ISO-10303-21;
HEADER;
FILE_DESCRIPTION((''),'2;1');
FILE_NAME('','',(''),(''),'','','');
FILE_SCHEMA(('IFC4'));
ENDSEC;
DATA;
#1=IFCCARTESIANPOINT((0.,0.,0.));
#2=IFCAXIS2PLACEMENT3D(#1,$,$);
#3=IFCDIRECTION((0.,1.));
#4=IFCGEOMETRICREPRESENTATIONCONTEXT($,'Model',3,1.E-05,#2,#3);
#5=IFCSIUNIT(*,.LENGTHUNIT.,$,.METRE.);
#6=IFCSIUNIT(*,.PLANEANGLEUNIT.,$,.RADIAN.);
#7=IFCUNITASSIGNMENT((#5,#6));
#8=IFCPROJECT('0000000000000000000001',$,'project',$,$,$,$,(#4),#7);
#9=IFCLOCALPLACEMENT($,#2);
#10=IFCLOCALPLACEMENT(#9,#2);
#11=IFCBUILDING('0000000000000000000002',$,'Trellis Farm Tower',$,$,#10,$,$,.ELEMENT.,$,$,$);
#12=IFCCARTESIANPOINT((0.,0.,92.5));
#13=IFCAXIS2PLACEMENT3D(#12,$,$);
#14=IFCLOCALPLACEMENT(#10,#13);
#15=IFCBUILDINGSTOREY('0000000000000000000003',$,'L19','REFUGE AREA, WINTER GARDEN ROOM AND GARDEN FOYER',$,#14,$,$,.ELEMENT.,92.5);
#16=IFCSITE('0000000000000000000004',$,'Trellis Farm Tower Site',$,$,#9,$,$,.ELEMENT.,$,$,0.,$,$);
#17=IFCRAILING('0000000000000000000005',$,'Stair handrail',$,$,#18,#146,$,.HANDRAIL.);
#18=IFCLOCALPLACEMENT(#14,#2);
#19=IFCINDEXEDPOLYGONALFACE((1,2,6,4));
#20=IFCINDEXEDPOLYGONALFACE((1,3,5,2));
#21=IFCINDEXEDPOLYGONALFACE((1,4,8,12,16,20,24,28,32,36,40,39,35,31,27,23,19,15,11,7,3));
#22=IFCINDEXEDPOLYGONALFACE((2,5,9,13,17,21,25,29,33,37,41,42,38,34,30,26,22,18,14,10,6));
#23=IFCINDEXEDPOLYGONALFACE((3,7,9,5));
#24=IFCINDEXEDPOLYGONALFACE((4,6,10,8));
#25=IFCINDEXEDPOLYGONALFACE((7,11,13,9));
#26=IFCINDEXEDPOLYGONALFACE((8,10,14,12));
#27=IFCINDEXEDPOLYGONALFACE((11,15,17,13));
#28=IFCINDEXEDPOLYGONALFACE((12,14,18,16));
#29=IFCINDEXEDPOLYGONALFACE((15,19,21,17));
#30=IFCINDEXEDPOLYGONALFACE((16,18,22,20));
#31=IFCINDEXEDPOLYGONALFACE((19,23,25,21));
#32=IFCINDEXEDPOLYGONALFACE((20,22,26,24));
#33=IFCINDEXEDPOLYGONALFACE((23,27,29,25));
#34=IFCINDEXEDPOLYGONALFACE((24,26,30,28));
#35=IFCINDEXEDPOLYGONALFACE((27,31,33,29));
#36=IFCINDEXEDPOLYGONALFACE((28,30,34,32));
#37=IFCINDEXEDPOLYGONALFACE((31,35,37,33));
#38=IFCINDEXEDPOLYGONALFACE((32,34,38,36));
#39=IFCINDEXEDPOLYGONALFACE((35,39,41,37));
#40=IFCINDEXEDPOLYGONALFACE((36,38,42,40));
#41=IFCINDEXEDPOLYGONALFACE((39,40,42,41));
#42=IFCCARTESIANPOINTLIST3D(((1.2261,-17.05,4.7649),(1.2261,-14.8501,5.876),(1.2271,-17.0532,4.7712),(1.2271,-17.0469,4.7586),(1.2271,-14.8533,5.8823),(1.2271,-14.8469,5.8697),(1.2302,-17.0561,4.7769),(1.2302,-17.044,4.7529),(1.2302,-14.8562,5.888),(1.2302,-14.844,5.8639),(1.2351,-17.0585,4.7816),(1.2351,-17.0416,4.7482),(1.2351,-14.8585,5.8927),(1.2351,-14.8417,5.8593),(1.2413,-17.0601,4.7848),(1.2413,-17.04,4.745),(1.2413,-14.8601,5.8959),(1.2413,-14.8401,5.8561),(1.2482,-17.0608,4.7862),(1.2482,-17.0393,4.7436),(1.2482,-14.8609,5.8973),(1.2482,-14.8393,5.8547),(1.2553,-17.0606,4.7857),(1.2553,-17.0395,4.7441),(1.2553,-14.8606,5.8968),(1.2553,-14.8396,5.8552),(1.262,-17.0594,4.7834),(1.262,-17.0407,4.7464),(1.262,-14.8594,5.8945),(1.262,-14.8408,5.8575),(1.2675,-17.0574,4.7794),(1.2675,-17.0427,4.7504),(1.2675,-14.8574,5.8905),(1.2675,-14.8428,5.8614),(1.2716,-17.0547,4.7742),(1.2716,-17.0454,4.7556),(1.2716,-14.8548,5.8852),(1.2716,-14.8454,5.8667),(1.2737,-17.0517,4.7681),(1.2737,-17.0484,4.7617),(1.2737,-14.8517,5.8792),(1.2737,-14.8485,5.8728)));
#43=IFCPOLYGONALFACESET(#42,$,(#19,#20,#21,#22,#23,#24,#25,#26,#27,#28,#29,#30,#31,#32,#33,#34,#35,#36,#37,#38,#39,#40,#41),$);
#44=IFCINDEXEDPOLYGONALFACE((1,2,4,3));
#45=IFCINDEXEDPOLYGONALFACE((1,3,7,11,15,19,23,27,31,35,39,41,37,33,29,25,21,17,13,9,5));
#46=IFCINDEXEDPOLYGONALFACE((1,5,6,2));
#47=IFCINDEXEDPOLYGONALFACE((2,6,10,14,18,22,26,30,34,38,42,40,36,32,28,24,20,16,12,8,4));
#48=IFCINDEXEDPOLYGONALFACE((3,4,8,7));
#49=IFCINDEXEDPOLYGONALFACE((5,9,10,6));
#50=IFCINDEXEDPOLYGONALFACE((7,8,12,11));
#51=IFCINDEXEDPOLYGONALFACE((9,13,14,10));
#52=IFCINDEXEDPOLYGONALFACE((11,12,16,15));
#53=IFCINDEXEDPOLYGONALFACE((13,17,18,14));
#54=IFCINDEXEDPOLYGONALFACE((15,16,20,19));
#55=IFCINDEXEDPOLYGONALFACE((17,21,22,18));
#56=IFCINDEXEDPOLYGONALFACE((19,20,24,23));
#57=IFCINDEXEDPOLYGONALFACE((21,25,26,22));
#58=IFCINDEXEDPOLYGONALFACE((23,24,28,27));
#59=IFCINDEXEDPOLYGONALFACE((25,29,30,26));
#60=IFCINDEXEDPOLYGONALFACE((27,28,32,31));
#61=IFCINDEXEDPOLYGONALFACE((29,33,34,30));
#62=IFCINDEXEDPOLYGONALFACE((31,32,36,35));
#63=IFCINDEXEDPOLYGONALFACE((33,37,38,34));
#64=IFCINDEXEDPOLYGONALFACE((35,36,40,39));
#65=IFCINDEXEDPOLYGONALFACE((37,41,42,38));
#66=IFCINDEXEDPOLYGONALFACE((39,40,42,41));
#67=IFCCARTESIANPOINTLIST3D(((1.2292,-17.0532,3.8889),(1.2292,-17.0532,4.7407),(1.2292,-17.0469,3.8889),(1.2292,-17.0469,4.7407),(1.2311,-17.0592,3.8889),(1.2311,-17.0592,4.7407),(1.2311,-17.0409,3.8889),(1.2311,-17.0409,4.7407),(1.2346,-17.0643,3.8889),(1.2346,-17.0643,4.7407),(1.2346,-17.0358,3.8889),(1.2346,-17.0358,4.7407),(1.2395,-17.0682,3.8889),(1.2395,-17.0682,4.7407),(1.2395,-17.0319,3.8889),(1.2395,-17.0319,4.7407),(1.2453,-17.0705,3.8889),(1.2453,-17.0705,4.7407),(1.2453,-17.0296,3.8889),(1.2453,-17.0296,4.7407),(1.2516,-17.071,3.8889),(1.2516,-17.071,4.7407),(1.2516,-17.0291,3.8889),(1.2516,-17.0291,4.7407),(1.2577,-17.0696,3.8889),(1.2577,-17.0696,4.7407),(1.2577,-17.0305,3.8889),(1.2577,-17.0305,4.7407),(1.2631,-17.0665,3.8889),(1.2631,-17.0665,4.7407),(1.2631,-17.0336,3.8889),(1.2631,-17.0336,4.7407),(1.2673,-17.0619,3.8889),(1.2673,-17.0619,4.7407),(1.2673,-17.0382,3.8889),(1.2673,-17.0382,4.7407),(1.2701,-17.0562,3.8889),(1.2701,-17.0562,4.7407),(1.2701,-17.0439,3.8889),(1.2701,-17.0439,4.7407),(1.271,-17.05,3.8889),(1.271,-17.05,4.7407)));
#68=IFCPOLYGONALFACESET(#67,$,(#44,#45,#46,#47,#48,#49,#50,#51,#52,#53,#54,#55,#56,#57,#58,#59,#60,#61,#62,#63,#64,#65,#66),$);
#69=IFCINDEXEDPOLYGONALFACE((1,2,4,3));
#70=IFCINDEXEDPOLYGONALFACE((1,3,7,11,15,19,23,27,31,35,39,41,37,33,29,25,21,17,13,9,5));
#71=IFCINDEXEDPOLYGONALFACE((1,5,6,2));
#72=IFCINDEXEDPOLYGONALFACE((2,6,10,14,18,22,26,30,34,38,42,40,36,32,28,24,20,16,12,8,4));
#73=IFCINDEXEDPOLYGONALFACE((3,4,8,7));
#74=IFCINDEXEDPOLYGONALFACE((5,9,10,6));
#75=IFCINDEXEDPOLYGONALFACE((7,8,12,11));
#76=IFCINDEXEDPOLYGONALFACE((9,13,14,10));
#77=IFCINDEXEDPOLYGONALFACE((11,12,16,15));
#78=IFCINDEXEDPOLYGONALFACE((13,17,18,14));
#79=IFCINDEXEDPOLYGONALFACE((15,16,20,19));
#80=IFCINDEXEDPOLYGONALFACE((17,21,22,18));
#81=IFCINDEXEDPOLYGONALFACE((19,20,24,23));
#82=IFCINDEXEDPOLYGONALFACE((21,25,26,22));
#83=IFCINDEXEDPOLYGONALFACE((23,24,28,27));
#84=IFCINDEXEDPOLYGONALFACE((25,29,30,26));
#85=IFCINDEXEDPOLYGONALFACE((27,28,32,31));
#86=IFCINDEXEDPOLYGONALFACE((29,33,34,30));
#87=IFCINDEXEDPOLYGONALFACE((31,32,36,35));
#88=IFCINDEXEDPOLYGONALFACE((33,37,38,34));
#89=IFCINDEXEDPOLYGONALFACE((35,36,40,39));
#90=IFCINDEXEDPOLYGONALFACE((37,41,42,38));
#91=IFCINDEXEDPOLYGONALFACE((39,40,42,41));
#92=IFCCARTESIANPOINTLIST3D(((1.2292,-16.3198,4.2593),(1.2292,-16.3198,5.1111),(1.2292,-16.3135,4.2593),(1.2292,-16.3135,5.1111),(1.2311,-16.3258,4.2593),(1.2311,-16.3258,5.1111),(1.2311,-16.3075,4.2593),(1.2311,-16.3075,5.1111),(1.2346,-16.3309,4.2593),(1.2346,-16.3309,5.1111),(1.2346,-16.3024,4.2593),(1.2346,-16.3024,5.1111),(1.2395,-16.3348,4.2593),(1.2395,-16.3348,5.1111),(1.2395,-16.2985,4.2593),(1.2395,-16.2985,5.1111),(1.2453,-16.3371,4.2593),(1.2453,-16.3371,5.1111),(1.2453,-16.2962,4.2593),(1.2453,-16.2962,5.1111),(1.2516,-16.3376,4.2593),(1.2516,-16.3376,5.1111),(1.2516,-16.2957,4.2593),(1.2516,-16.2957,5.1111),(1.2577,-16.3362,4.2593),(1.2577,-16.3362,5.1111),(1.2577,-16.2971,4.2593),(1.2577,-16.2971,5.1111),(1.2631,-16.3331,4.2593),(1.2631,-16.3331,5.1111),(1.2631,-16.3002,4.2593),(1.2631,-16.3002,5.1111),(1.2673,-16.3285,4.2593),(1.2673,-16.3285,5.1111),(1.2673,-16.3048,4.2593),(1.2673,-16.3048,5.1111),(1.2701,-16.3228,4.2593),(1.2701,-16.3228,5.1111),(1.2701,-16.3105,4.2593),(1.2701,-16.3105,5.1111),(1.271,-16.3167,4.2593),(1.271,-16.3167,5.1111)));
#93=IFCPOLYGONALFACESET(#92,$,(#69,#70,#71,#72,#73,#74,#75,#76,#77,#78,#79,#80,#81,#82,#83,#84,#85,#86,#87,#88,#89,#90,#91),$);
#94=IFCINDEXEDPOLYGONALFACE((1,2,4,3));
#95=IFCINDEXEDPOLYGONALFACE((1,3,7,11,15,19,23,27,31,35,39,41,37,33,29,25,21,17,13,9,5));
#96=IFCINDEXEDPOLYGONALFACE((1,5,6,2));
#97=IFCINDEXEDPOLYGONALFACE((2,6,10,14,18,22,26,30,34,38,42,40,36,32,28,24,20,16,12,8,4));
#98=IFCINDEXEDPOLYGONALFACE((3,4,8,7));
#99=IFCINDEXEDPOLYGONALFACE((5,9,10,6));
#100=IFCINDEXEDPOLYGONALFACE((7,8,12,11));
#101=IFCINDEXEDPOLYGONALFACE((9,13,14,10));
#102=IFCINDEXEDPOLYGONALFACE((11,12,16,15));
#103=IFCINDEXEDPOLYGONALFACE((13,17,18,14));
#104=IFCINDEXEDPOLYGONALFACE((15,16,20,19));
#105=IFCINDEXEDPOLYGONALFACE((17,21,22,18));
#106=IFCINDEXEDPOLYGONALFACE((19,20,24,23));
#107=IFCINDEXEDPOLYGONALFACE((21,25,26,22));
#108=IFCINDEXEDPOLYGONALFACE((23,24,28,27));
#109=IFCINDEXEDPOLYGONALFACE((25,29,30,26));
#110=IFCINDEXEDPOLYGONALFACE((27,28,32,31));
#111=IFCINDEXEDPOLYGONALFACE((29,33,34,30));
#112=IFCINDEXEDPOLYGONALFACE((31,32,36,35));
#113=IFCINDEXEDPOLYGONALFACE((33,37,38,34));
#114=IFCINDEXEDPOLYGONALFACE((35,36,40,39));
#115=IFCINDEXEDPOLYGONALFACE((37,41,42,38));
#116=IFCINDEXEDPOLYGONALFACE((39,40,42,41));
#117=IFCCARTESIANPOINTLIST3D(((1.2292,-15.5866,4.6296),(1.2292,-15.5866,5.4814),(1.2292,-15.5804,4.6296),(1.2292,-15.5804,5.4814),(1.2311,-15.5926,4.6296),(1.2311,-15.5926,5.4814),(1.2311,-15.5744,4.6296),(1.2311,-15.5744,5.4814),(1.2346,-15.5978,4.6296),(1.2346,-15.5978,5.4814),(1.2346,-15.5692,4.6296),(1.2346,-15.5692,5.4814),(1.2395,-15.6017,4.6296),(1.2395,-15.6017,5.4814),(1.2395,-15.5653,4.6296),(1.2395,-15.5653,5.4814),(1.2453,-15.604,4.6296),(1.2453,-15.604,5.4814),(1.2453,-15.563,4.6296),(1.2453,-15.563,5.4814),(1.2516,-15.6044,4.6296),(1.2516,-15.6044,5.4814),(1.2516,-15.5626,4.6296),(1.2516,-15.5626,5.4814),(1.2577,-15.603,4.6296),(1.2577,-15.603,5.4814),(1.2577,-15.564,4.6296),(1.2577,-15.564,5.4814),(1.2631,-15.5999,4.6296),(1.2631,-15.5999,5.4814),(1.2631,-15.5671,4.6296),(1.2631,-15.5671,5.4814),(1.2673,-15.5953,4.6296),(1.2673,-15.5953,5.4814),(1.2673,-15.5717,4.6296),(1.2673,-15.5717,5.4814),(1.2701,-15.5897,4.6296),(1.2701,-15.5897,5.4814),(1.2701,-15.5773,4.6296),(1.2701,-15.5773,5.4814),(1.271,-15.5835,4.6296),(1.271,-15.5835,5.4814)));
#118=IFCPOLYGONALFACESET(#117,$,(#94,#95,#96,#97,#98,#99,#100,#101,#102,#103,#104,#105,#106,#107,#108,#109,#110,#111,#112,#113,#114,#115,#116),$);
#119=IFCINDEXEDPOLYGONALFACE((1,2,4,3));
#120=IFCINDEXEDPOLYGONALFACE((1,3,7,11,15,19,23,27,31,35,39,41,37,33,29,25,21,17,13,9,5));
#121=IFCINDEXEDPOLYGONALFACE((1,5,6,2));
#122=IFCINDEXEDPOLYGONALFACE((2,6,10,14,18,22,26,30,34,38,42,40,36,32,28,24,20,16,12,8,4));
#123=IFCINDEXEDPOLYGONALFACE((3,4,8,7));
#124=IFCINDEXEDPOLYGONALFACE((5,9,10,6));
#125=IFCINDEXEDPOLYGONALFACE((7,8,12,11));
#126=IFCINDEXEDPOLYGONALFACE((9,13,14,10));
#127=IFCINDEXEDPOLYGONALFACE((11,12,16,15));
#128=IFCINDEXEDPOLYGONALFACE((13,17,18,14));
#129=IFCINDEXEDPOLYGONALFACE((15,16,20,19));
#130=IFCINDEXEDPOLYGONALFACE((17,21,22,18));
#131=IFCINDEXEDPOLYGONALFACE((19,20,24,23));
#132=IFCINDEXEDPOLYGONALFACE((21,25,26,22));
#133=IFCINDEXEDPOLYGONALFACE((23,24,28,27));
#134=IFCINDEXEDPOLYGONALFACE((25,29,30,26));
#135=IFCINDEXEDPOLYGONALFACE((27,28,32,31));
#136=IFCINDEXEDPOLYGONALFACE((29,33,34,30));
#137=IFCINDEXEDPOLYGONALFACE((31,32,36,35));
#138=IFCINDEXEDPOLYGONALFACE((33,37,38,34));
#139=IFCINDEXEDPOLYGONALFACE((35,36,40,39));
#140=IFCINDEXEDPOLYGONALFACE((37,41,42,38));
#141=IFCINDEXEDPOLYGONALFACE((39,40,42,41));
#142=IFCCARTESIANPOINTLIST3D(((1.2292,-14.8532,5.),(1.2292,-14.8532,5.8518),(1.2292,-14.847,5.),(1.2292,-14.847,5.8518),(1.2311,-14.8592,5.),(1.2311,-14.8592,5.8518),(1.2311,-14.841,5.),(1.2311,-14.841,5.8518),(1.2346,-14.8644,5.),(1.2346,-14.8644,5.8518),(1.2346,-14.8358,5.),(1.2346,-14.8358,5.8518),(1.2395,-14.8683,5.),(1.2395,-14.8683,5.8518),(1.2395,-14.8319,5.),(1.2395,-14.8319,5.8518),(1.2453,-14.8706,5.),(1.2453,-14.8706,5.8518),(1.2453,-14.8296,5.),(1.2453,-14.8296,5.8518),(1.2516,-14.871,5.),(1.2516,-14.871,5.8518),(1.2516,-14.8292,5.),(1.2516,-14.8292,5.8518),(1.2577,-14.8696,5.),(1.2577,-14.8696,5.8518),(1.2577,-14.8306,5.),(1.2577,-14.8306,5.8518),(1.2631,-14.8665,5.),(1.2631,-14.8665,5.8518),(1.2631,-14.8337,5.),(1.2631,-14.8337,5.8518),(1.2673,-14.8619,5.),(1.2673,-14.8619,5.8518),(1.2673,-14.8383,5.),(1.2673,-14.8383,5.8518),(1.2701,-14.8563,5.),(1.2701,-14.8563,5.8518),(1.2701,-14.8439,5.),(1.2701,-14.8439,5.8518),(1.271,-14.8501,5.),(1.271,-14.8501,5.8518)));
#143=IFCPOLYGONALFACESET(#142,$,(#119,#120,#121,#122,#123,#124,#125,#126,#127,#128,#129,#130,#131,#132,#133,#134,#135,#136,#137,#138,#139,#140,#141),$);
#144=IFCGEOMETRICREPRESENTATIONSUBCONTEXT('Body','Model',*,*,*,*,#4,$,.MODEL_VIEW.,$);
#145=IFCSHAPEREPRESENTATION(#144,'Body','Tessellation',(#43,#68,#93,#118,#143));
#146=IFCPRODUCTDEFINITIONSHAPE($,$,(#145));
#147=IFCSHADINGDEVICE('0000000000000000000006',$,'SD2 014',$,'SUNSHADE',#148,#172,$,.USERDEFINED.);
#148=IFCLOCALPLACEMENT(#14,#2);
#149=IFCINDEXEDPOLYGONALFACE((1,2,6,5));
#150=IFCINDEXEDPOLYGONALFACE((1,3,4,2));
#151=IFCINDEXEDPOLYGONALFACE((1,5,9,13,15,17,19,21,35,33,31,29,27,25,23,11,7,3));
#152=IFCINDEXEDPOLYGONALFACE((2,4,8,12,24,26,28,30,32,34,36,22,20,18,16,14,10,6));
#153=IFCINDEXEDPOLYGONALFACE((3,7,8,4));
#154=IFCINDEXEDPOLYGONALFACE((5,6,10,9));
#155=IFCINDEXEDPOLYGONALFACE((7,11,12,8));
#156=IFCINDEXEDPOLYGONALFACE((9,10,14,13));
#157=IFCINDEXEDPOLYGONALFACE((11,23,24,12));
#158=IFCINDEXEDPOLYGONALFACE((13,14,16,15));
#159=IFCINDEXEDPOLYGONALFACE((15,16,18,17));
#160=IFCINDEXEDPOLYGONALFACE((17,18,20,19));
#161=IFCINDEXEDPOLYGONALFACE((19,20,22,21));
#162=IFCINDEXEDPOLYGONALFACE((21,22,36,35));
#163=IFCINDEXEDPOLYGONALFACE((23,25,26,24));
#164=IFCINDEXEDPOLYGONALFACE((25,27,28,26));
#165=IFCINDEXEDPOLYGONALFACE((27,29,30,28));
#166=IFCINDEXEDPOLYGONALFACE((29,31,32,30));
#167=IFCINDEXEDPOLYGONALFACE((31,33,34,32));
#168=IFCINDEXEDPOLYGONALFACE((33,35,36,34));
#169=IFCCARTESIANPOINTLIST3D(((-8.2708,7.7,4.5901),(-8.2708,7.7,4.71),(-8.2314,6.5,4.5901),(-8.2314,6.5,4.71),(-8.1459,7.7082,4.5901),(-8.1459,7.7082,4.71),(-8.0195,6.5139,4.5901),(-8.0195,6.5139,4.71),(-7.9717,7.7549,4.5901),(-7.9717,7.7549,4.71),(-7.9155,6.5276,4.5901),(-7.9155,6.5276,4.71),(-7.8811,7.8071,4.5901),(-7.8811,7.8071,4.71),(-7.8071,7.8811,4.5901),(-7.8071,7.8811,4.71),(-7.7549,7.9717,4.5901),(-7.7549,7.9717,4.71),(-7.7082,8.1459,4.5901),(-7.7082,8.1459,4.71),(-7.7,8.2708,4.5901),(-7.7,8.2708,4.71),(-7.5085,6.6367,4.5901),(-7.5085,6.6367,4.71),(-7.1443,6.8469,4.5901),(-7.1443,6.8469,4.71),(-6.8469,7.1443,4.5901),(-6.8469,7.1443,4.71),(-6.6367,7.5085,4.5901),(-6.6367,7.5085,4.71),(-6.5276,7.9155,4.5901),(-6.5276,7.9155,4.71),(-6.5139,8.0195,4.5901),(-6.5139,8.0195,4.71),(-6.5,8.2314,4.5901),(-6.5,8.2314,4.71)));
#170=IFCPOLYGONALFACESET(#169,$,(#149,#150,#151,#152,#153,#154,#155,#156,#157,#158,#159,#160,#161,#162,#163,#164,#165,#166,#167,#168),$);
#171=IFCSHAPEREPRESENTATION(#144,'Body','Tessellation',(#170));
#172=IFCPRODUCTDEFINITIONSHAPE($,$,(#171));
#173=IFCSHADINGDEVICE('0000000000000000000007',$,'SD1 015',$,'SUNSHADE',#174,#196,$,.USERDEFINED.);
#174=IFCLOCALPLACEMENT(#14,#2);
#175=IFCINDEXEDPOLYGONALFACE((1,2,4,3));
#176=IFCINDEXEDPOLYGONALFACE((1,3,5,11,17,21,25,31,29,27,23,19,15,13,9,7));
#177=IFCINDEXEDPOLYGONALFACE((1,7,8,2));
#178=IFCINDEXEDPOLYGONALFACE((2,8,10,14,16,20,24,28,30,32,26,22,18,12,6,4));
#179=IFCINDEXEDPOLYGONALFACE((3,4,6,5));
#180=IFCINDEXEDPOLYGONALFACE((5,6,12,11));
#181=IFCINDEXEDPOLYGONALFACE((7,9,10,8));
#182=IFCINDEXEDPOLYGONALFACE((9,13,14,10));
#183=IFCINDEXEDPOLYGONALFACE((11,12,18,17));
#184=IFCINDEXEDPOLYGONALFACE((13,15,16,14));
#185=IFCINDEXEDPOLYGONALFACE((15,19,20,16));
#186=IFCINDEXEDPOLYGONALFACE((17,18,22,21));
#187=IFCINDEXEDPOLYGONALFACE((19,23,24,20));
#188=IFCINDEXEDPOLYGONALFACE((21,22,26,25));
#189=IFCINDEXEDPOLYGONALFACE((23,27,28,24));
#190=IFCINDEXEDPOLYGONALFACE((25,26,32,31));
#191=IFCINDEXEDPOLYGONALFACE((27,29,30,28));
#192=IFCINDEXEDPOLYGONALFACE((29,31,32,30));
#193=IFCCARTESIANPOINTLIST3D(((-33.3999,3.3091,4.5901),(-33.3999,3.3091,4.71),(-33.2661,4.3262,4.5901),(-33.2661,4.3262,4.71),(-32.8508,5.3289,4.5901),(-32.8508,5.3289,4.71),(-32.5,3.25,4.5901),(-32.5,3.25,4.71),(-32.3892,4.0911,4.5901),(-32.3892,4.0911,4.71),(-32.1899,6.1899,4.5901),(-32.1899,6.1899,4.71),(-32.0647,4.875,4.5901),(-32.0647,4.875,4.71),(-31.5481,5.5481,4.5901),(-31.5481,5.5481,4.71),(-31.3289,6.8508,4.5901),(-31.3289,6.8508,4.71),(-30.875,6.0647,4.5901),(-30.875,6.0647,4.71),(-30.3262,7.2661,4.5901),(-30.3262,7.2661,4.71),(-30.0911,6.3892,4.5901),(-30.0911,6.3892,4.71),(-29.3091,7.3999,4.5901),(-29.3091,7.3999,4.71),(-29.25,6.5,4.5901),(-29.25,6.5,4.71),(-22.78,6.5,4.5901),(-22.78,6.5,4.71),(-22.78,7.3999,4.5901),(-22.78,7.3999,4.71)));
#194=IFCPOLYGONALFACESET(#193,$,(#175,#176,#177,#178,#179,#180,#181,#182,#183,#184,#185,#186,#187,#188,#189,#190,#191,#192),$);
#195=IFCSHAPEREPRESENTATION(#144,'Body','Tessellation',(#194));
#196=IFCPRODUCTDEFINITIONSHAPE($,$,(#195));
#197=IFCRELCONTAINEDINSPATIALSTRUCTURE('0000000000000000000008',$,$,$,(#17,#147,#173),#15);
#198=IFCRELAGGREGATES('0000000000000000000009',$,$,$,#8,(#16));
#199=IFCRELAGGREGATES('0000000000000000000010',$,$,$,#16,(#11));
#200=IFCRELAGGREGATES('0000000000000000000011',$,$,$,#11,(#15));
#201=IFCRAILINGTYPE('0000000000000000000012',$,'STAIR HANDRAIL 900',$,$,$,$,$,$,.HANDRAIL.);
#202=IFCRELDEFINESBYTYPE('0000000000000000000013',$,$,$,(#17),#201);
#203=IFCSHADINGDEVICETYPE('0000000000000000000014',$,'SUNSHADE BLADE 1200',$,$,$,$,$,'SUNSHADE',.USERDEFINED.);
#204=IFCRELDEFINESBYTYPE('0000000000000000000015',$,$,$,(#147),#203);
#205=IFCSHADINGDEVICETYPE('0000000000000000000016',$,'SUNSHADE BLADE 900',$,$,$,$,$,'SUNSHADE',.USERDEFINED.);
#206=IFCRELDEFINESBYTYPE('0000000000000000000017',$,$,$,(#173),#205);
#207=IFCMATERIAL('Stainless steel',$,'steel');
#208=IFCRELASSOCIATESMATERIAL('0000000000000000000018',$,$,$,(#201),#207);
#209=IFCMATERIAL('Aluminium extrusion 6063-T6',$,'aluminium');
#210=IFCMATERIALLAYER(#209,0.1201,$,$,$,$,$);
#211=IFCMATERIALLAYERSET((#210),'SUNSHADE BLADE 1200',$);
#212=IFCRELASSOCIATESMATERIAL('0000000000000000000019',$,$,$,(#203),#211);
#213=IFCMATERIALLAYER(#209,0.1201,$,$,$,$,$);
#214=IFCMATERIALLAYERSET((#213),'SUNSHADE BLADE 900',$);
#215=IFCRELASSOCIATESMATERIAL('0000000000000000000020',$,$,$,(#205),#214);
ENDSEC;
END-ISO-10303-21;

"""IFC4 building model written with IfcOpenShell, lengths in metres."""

from ifc_helpers import new_model, si_unit, direction, frame, origin, origin_2d, place, context, subcontext, project, spatial, polyline, circle, outline, extrude, source, transform, mapped, material, layer, layer_set, type_object, element, save


model = new_model("IFC4")

# Units and contexts
model_context = context("Model", 3, precision=1e-05, world=origin(), true_north=direction((0.0, 1.0)))
body_context = subcontext(model_context, "Body", "Model", "MODEL_VIEW")
ifc_project = project(units=[si_unit("LENGTHUNIT", "METRE"), si_unit("PLANEANGLEUNIT", "RADIAN")], contexts=[model_context])

# Site, building, storey
site_placement = place(None, origin())
site = spatial("IfcSite", under=ifc_project, at=site_placement, Name="Trellis Farm Tower Site", CompositionType="ELEMENT", RefElevation=0.0)
building_placement = place(site_placement, origin())
building = spatial("IfcBuilding", under=site, at=building_placement, Name="Trellis Farm Tower", CompositionType="ELEMENT")
storey_placement = place(building_placement, frame((0.0, 0.0, 92.5)))
storey = spatial("IfcBuildingStorey", under=building, at=storey_placement, Name="L19", Description="REFUGE AREA, WINTER GARDEN ROOM AND GARDEN FOYER", CompositionType="ELEMENT", Elevation=92.5)

# Shared definitions
ifc_material_1 = material(Name="Aluminium extrusion 6063-T6", Category="aluminium")

# Railing
ifc_material_2 = material(Name="Stainless steel", Category="steel")
railing_type = type_object("IfcRailingType", Name="STAIR HANDRAIL 900", PredefinedType="HANDRAIL", material=ifc_material_2)
shared_shape_1 = source(origin(), body_context, "Body", "SweptSolid", [
    extrude(circle(Radius=0.0239, at=origin_2d()), frame((0.0, 0.0, 0.876), z_axis=(0.0, 0.892617, 0.450816), x_axis=(-1.0, 0.0, 0.0)), (0.0, 0.0, 1.0), 2.4646),
    extrude(circle(Radius=0.021, at=origin_2d()), origin(), (0.0, 0.0, 1.0), 0.8518),
    extrude(circle(Radius=0.021, at=origin_2d()), frame((0.0, 0.7334, 0.3704)), (0.0, 0.0, 1.0), 0.8518),
    extrude(circle(Radius=0.021, at=origin_2d()), frame((0.0, 1.4666, 0.7407)), (0.0, 0.0, 1.0), 0.8518),
    extrude(circle(Radius=0.021, at=origin_2d()), frame((0.0, 2.2, 1.1111)), (0.0, 0.0, 1.0), 0.8518),
])
for number, where, name in (
    (1, (1.25, -17.05, 3.8889), "Stair handrail"),
):
    element("IfcRailing", number, at=place(storey_placement, frame(where)), inside=storey, type_object=railing_type, Name=name, PredefinedType="HANDRAIL", context=body_context, shape_type="MappedRepresentation", body=[
        mapped(shared_shape_1, transform((0.0, 0.0, 0.0))),
    ])

# Shading devices
ifc_layer_1 = layer(ifc_material_1, 0.1201)
ifc_layer_set_1 = layer_set([ifc_layer_1], Name="SUNSHADE BLADE 1200")
shading_device_type_1 = type_object("IfcShadingDeviceType", Name="SUNSHADE BLADE 1200", ElementType="SUNSHADE", PredefinedType="USERDEFINED", material=ifc_layer_set_1)
shared_shape_2 = source(origin(), body_context, "Body", "SweptSolid", [
    extrude(outline(polyline([(-7.7, 8.2708), (-7.7087, 8.1372), (-7.707, 8.1501), (-7.7549, 7.9717), (-7.8071, 7.8811), (-7.8811, 7.8071), (-7.9717, 7.7549), (-8.1501, 7.707), (-8.1372, 7.7087), (-8.2708, 7.7), (-8.2314, 6.5), (-8.0195, 6.5139), (-7.9155, 6.5276), (-7.5085, 6.6367), (-7.1443, 6.8469), (-6.8469, 7.1443), (-6.6367, 7.5085), (-6.5276, 7.9155), (-6.5139, 8.0195), (-6.5, 8.2314), (-7.7, 8.2708)])), origin(), (0.0, 0.0, 1.0), 0.1199),
])
placement_1 = place(storey_placement, frame((0.0, 0.0, 4.5901)))
element("IfcShadingDevice", 2, at=placement_1, inside=storey, type_object=shading_device_type_1, Name="SD2 014", ObjectType="SUNSHADE", PredefinedType="USERDEFINED", context=body_context, shape_type="MappedRepresentation", body=[
    mapped(shared_shape_2, transform((0.0, 0.0, 0.0))),
])
ifc_layer_2 = layer(ifc_material_1, 0.1201)
ifc_layer_set_2 = layer_set([ifc_layer_2], Name="SUNSHADE BLADE 900")
shading_device_type_2 = type_object("IfcShadingDeviceType", Name="SUNSHADE BLADE 900", ElementType="SUNSHADE", PredefinedType="USERDEFINED", material=ifc_layer_set_2)
shared_shape_3 = source(origin(), body_context, "Body", "SweptSolid", [
    extrude(outline(polyline([(-22.78, 7.3999), (-29.3091, 7.3999), (-30.3262, 7.2661), (-31.3289, 6.8508), (-32.1899, 6.1899), (-32.8508, 5.3289), (-33.2661, 4.3262), (-33.3999, 3.3091), (-32.5, 3.25), (-32.3892, 4.0911), (-32.0647, 4.875), (-31.5481, 5.5481), (-30.875, 6.0647), (-30.0911, 6.3892), (-29.25, 6.5), (-22.78, 6.5), (-22.78, 7.3999)])), origin(), (0.0, 0.0, 1.0), 0.1199),
])
element("IfcShadingDevice", 3, at=placement_1, inside=storey, type_object=shading_device_type_2, Name="SD1 015", ObjectType="SUNSHADE", PredefinedType="USERDEFINED", context=body_context, shape_type="MappedRepresentation", body=[
    mapped(shared_shape_3, transform((0.0, 0.0, 0.0))),
])

save(model, "model.ifc")
